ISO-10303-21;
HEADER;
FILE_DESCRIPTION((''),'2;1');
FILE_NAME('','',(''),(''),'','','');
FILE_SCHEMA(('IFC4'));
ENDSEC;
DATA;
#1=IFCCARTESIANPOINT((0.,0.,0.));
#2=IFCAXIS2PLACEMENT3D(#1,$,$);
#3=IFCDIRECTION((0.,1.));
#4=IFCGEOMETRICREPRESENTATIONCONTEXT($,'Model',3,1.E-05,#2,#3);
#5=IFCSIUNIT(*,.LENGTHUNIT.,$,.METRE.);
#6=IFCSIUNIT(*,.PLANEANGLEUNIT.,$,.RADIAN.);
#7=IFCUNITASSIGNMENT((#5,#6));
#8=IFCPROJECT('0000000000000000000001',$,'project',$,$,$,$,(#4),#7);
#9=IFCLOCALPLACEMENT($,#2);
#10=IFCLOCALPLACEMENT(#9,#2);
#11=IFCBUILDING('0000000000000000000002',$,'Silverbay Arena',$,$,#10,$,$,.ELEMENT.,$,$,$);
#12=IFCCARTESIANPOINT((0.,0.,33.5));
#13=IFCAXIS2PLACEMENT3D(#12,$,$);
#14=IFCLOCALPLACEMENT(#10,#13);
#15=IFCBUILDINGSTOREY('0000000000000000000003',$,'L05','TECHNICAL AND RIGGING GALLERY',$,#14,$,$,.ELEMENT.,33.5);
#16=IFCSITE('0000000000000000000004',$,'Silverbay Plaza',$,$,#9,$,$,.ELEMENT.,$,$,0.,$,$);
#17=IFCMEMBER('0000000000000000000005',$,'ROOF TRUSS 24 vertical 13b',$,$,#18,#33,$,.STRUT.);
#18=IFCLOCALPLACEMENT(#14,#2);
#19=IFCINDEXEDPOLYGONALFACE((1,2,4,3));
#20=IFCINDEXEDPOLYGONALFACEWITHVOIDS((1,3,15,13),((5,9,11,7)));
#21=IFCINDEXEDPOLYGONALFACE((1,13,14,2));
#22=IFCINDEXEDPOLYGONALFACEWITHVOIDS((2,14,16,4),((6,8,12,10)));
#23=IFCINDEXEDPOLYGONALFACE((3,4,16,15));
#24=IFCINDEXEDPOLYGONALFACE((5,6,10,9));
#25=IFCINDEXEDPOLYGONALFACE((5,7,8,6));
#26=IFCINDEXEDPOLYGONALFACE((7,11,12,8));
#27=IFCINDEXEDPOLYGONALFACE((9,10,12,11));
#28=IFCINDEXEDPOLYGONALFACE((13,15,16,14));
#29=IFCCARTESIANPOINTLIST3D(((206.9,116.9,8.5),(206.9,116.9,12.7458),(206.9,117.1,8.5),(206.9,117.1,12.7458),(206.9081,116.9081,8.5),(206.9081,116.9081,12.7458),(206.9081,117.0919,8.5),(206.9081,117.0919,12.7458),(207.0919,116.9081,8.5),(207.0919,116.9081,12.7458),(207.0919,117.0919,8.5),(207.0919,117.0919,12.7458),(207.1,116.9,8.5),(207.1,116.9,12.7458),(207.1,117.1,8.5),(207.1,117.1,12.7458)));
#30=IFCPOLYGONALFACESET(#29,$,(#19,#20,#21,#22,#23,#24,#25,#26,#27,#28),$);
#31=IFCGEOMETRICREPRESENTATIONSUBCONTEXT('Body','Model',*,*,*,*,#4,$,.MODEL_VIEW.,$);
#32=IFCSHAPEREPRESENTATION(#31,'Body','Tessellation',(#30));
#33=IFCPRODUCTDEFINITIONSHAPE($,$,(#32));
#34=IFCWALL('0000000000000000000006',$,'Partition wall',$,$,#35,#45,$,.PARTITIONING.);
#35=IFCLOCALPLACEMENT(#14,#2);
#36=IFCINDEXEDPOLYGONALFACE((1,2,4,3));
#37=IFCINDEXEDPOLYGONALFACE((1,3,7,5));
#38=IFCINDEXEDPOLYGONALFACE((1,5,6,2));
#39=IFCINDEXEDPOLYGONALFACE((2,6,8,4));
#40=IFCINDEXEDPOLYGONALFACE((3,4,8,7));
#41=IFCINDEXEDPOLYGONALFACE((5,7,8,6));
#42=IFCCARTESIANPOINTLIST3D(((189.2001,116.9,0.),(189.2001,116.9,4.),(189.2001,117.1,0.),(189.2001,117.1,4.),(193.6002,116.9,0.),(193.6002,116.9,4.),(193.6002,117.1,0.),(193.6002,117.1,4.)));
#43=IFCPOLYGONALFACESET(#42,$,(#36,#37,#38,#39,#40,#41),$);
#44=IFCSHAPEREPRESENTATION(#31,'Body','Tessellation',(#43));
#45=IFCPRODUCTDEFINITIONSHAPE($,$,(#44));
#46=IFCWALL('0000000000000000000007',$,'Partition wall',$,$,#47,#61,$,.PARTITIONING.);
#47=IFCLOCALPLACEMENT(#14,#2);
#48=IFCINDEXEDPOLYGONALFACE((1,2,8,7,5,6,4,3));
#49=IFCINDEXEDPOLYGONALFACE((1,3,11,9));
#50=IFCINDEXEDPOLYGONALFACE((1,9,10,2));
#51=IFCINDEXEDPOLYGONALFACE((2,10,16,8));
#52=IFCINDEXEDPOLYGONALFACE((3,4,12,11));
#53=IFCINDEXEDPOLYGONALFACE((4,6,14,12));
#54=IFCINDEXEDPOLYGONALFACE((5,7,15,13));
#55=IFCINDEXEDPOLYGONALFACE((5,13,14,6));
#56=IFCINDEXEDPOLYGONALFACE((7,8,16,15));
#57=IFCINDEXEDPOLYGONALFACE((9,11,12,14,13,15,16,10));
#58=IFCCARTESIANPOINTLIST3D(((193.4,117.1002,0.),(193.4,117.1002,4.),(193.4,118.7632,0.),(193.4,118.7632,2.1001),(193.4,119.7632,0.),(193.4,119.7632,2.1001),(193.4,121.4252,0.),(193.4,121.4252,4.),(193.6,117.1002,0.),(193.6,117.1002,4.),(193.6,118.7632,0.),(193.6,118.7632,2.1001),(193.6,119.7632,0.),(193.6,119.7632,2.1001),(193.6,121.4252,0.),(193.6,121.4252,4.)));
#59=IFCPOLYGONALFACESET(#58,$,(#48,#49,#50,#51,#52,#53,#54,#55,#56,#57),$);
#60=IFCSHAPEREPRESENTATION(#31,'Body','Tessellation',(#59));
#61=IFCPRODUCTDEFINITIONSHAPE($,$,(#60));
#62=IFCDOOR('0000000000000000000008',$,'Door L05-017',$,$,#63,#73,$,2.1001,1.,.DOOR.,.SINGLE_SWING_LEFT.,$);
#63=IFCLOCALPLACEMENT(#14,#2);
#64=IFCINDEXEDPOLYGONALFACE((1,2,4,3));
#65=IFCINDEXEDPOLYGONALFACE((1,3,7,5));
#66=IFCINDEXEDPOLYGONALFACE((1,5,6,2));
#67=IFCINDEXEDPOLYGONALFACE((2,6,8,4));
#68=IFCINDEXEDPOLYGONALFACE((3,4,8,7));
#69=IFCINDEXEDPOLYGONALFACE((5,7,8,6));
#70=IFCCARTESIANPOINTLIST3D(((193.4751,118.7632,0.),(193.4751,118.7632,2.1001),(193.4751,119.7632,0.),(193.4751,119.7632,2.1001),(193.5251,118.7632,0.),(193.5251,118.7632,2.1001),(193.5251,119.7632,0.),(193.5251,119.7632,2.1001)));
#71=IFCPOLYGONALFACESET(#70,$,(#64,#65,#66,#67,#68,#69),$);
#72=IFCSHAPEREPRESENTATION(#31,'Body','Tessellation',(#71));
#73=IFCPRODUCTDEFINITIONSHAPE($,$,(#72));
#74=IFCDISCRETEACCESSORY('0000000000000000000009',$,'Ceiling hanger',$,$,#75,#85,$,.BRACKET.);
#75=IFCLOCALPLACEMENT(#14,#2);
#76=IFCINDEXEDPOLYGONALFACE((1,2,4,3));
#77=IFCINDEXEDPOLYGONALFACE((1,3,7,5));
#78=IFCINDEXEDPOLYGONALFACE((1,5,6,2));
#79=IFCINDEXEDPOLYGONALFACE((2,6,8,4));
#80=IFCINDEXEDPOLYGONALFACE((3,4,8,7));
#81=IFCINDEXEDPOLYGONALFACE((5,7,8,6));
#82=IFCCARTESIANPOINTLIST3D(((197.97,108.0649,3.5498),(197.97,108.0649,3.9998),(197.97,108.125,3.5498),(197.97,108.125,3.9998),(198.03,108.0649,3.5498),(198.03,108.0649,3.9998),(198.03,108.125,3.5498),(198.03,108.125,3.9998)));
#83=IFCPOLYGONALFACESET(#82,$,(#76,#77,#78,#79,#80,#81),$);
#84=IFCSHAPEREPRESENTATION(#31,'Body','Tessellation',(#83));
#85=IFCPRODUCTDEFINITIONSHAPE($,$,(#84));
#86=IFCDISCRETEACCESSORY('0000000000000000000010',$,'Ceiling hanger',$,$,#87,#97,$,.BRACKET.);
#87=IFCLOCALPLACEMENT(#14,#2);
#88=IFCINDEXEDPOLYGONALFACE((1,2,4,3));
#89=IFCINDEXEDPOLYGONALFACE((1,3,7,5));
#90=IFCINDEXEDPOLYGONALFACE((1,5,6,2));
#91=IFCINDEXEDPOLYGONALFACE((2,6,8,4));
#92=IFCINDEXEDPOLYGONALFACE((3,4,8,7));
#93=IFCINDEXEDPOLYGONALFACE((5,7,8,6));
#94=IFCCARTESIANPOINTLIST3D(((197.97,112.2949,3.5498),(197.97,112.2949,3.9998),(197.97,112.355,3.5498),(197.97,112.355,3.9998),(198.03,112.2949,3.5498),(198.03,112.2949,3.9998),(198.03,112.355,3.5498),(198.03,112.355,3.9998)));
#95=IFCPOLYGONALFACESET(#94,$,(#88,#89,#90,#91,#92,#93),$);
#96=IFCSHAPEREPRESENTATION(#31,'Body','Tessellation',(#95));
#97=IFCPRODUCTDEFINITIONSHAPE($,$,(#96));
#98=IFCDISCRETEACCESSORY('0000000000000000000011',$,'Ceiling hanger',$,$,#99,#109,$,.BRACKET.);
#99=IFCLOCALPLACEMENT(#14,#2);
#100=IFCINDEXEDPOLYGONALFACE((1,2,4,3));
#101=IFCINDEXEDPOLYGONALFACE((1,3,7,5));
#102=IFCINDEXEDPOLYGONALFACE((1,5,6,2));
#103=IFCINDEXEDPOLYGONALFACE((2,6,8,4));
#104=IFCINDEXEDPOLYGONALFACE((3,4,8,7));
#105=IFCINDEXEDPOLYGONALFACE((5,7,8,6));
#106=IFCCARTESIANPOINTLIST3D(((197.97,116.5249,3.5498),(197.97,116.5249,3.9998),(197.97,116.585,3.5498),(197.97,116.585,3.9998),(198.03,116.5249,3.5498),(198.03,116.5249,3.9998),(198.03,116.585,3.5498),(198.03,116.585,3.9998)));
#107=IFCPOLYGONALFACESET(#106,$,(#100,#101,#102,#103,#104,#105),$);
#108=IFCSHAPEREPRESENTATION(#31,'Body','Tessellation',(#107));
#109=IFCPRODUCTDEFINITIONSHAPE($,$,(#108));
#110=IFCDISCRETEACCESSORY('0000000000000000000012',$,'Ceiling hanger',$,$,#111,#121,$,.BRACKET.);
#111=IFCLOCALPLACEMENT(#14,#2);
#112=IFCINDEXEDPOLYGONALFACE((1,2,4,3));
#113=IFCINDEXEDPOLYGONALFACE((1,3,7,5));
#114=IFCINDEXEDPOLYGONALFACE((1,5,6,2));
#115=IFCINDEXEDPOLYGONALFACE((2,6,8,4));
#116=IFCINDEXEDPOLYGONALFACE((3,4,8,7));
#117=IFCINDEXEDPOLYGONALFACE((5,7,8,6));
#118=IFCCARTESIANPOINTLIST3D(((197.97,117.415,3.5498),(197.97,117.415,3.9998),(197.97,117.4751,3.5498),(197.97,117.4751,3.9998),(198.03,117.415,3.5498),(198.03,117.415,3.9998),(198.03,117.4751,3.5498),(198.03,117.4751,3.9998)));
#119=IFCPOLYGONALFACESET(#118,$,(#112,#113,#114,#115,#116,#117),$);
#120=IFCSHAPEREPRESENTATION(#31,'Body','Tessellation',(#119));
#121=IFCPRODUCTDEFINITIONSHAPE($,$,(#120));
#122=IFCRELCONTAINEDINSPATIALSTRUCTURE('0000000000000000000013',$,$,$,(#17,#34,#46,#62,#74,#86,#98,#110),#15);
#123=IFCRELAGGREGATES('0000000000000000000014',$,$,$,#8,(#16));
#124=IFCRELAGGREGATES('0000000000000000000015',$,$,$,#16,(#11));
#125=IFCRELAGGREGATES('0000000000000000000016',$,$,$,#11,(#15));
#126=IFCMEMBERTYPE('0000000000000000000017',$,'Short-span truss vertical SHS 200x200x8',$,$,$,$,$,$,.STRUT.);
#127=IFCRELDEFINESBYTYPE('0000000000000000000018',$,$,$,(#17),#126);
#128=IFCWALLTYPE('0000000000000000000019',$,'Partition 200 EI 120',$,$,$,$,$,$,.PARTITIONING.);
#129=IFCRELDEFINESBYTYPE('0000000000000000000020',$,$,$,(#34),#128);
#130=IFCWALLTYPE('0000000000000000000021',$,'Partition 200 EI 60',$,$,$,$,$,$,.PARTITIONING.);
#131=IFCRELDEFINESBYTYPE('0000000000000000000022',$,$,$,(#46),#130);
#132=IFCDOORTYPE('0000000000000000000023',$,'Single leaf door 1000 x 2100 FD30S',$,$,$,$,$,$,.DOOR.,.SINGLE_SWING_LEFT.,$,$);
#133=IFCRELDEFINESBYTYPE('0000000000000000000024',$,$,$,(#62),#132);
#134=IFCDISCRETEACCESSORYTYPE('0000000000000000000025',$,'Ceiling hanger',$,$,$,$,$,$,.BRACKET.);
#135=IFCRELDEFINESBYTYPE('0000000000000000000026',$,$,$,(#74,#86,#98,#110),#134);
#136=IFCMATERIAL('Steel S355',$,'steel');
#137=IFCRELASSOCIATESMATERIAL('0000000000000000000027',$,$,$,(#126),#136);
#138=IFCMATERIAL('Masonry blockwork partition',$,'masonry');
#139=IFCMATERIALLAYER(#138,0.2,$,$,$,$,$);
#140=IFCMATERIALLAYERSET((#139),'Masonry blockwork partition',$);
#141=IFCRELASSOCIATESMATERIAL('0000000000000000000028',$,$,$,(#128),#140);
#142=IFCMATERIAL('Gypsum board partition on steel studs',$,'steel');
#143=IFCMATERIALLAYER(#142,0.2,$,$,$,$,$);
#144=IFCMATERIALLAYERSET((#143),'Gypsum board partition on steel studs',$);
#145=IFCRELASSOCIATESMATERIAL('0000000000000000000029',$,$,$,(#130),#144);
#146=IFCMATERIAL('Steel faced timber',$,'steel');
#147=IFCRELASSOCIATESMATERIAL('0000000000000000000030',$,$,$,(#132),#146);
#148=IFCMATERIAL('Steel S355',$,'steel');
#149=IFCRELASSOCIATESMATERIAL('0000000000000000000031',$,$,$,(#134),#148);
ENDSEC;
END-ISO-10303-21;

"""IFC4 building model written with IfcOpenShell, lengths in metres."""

from ifc_helpers import new_model, si_unit, direction, frame, frame_2d, origin, origin_2d, place, context, subcontext, project, spatial, rectangle, hollow_rectangle, extrude, material, layer, layer_set, material_profile, profile_set, type_object, element, fill, save


model = new_model("IFC4")

# Units and contexts
model_context = context("Model", 3, precision=1e-05, world=origin(), true_north=direction((0.0, 1.0)))
body_context = subcontext(model_context, "Body", "Model", "MODEL_VIEW")
ifc_project = project(units=[si_unit("LENGTHUNIT", "METRE"), si_unit("PLANEANGLEUNIT", "RADIAN")], contexts=[model_context])

# Site, building, storey
site_placement = place(None, origin())
site = spatial("IfcSite", under=ifc_project, at=site_placement, Name="Silverbay Plaza", CompositionType="ELEMENT", RefElevation=0.0)
building_placement = place(site_placement, origin())
building = spatial("IfcBuilding", under=site, at=building_placement, Name="Silverbay Arena", CompositionType="ELEMENT")
storey_placement = place(building_placement, frame((0.0, 0.0, 33.5)))
storey = spatial("IfcBuildingStorey", under=building, at=storey_placement, Name="L05", Description="TECHNICAL AND RIGGING GALLERY", CompositionType="ELEMENT", Elevation=33.5)

# Member
ifc_material_1 = material(Name="Steel S355", Category="steel")
ifc_material_profile_1 = material_profile(ifc_material_1, hollow_rectangle(XDim=0.2, YDim=0.2, WallThickness=0.0081, at=origin_2d()), Name="SHS 200x200x8")
ifc_profile_set_1 = profile_set([ifc_material_profile_1], Name="Steel S355")
member_type_1 = type_object("IfcMemberType", Name="Short-span truss vertical SHS 200x200x8", PredefinedType="STRUT", material=ifc_profile_set_1)
for number, where, z_axis, x_axis, name in (
    (1, (207.0, 117.0, 8.5), (0.0, 0.0, 1.0), (1.0, 0.0, 0.0), "ROOF TRUSS 24 vertical 13b"),
):
    element("IfcMember", number, at=place(storey_placement, frame(where, z_axis=z_axis, x_axis=x_axis)), inside=storey, type_object=member_type_1, Name=name, PredefinedType="STRUT", context=body_context, shape_type="SweptSolid", body=[
        extrude(hollow_rectangle(XDim=0.2, YDim=0.2, WallThickness=0.0081, at=origin_2d()), origin(), (0.0, 0.0, 1.0), 4.2458),
    ])

# Wall
ifc_material_2 = material(Name="Masonry blockwork partition", Category="masonry")
ifc_layer_1 = layer(ifc_material_2, 0.2)
ifc_layer_set_1 = layer_set([ifc_layer_1], Name="Masonry blockwork partition")
wall_type_1 = type_object("IfcWallType", Name="Partition 200 EI 120", PredefinedType="PARTITIONING", material=ifc_layer_set_1)
wall_1_placement = place(storey_placement, frame((189.2, 117.0, 0.0), z_axis=(0.0, 0.0, 1.0), x_axis=(1.0, 0.0, 0.0)))
element("IfcWall", 2, at=wall_1_placement, inside=storey, type_object=wall_type_1, Name="Partition wall", PredefinedType="PARTITIONING", context=body_context, shape_type="SweptSolid", body=[
    extrude(rectangle(XDim=4.4001, YDim=0.2, at=frame_2d((2.2002, 0.0))), origin(), (0.0, 0.0, 1.0), 4.0),
])

# Wall, opening, door
ifc_material_3 = material(Name="Gypsum board partition on steel studs", Category="steel")
ifc_layer_2 = layer(ifc_material_3, 0.2)
ifc_layer_set_2 = layer_set([ifc_layer_2], Name="Gypsum board partition on steel studs")
wall_type_2 = type_object("IfcWallType", Name="Partition 200 EI 60", PredefinedType="PARTITIONING", material=ifc_layer_set_2)
wall_2_placement = place(storey_placement, frame((193.5, 117.1001, 0.0), z_axis=(0.0, 0.0, 1.0), x_axis=(0.0, 1.0, 0.0)))
wall_2 = element("IfcWall", 3, at=wall_2_placement, inside=storey, type_object=wall_type_2, Name="Partition wall", PredefinedType="PARTITIONING", context=body_context, shape_type="SweptSolid", body=[
    extrude(rectangle(XDim=4.325, YDim=0.2, at=frame_2d((2.1626, 0.0))), origin(), (0.0, 0.0, 1.0), 4.0),
])
opening_placement = place(wall_2_placement, frame((1.6631, 0.0, 0.0)))
opening = element("IfcOpeningElement", 4, at=opening_placement, cuts=wall_2, PredefinedType="OPENING", context=body_context, shape_type="SweptSolid", body=[
    extrude(rectangle(XDim=1.0, YDim=2.1001, at=frame_2d((0.5, 1.05))), frame((0.0, 0.1099, 0.0), z_axis=(0.0, -1.0, 0.0), x_axis=(1.0, 0.0, 0.0)), (0.0, 0.0, 1.0), 0.22),
])
ifc_material_4 = material(Name="Steel faced timber", Category="steel")
door_type = type_object("IfcDoorType", Name="Single leaf door 1000 x 2100 FD30S", OperationType="SINGLE_SWING_LEFT", PredefinedType="DOOR", material=ifc_material_4)
door_placement = place(opening_placement, origin())
door = element("IfcDoor", 5, at=door_placement, inside=storey, type_object=door_type, Name="Door L05-017", OperationType="SINGLE_SWING_LEFT", OverallHeight=2.1001, OverallWidth=1.0, PredefinedType="DOOR", context=body_context, shape_type="SweptSolid", body=[
    extrude(rectangle(XDim=1.0, YDim=2.1001, at=frame_2d((0.5, 1.05))), frame((0.0, 0.0249, 0.0), z_axis=(0.0, -1.0, 0.0), x_axis=(1.0, 0.0, 0.0)), (0.0, 0.0, 1.0), 0.05),
])
fill(opening, door)

# Discrete accessories
ifc_material_5 = material(Name="Steel S355", Category="steel")
discrete_accessory_type = type_object("IfcDiscreteAccessoryType", Name="Ceiling hanger", PredefinedType="BRACKET", material=ifc_material_5)
for number, where, z_axis, x_axis, name in (
    (6, (198.0, 108.095, 3.5498), (0.0, 0.0, 1.0), (1.0, 0.0, 0.0), "Ceiling hanger"),
    (7, (198.0, 112.325, 3.5498), (0.0, 0.0, 1.0), (1.0, 0.0, 0.0), "Ceiling hanger"),
    (8, (198.0, 116.5549, 3.5498), (0.0, 0.0, 1.0), (1.0, 0.0, 0.0), "Ceiling hanger"),
    (9, (198.0, 117.4451, 3.5498), (0.0, 0.0, 1.0), (1.0, 0.0, 0.0), "Ceiling hanger"),
):
    element("IfcDiscreteAccessory", number, at=place(storey_placement, frame(where, z_axis=z_axis, x_axis=x_axis)), inside=storey, type_object=discrete_accessory_type, Name=name, PredefinedType="BRACKET", context=body_context, shape_type="SweptSolid", body=[
        extrude(rectangle(XDim=0.0601, YDim=0.0601, at=origin_2d()), origin(), (0.0, 0.0, 1.0), 0.45),
    ])

save(model, "model.ifc")
